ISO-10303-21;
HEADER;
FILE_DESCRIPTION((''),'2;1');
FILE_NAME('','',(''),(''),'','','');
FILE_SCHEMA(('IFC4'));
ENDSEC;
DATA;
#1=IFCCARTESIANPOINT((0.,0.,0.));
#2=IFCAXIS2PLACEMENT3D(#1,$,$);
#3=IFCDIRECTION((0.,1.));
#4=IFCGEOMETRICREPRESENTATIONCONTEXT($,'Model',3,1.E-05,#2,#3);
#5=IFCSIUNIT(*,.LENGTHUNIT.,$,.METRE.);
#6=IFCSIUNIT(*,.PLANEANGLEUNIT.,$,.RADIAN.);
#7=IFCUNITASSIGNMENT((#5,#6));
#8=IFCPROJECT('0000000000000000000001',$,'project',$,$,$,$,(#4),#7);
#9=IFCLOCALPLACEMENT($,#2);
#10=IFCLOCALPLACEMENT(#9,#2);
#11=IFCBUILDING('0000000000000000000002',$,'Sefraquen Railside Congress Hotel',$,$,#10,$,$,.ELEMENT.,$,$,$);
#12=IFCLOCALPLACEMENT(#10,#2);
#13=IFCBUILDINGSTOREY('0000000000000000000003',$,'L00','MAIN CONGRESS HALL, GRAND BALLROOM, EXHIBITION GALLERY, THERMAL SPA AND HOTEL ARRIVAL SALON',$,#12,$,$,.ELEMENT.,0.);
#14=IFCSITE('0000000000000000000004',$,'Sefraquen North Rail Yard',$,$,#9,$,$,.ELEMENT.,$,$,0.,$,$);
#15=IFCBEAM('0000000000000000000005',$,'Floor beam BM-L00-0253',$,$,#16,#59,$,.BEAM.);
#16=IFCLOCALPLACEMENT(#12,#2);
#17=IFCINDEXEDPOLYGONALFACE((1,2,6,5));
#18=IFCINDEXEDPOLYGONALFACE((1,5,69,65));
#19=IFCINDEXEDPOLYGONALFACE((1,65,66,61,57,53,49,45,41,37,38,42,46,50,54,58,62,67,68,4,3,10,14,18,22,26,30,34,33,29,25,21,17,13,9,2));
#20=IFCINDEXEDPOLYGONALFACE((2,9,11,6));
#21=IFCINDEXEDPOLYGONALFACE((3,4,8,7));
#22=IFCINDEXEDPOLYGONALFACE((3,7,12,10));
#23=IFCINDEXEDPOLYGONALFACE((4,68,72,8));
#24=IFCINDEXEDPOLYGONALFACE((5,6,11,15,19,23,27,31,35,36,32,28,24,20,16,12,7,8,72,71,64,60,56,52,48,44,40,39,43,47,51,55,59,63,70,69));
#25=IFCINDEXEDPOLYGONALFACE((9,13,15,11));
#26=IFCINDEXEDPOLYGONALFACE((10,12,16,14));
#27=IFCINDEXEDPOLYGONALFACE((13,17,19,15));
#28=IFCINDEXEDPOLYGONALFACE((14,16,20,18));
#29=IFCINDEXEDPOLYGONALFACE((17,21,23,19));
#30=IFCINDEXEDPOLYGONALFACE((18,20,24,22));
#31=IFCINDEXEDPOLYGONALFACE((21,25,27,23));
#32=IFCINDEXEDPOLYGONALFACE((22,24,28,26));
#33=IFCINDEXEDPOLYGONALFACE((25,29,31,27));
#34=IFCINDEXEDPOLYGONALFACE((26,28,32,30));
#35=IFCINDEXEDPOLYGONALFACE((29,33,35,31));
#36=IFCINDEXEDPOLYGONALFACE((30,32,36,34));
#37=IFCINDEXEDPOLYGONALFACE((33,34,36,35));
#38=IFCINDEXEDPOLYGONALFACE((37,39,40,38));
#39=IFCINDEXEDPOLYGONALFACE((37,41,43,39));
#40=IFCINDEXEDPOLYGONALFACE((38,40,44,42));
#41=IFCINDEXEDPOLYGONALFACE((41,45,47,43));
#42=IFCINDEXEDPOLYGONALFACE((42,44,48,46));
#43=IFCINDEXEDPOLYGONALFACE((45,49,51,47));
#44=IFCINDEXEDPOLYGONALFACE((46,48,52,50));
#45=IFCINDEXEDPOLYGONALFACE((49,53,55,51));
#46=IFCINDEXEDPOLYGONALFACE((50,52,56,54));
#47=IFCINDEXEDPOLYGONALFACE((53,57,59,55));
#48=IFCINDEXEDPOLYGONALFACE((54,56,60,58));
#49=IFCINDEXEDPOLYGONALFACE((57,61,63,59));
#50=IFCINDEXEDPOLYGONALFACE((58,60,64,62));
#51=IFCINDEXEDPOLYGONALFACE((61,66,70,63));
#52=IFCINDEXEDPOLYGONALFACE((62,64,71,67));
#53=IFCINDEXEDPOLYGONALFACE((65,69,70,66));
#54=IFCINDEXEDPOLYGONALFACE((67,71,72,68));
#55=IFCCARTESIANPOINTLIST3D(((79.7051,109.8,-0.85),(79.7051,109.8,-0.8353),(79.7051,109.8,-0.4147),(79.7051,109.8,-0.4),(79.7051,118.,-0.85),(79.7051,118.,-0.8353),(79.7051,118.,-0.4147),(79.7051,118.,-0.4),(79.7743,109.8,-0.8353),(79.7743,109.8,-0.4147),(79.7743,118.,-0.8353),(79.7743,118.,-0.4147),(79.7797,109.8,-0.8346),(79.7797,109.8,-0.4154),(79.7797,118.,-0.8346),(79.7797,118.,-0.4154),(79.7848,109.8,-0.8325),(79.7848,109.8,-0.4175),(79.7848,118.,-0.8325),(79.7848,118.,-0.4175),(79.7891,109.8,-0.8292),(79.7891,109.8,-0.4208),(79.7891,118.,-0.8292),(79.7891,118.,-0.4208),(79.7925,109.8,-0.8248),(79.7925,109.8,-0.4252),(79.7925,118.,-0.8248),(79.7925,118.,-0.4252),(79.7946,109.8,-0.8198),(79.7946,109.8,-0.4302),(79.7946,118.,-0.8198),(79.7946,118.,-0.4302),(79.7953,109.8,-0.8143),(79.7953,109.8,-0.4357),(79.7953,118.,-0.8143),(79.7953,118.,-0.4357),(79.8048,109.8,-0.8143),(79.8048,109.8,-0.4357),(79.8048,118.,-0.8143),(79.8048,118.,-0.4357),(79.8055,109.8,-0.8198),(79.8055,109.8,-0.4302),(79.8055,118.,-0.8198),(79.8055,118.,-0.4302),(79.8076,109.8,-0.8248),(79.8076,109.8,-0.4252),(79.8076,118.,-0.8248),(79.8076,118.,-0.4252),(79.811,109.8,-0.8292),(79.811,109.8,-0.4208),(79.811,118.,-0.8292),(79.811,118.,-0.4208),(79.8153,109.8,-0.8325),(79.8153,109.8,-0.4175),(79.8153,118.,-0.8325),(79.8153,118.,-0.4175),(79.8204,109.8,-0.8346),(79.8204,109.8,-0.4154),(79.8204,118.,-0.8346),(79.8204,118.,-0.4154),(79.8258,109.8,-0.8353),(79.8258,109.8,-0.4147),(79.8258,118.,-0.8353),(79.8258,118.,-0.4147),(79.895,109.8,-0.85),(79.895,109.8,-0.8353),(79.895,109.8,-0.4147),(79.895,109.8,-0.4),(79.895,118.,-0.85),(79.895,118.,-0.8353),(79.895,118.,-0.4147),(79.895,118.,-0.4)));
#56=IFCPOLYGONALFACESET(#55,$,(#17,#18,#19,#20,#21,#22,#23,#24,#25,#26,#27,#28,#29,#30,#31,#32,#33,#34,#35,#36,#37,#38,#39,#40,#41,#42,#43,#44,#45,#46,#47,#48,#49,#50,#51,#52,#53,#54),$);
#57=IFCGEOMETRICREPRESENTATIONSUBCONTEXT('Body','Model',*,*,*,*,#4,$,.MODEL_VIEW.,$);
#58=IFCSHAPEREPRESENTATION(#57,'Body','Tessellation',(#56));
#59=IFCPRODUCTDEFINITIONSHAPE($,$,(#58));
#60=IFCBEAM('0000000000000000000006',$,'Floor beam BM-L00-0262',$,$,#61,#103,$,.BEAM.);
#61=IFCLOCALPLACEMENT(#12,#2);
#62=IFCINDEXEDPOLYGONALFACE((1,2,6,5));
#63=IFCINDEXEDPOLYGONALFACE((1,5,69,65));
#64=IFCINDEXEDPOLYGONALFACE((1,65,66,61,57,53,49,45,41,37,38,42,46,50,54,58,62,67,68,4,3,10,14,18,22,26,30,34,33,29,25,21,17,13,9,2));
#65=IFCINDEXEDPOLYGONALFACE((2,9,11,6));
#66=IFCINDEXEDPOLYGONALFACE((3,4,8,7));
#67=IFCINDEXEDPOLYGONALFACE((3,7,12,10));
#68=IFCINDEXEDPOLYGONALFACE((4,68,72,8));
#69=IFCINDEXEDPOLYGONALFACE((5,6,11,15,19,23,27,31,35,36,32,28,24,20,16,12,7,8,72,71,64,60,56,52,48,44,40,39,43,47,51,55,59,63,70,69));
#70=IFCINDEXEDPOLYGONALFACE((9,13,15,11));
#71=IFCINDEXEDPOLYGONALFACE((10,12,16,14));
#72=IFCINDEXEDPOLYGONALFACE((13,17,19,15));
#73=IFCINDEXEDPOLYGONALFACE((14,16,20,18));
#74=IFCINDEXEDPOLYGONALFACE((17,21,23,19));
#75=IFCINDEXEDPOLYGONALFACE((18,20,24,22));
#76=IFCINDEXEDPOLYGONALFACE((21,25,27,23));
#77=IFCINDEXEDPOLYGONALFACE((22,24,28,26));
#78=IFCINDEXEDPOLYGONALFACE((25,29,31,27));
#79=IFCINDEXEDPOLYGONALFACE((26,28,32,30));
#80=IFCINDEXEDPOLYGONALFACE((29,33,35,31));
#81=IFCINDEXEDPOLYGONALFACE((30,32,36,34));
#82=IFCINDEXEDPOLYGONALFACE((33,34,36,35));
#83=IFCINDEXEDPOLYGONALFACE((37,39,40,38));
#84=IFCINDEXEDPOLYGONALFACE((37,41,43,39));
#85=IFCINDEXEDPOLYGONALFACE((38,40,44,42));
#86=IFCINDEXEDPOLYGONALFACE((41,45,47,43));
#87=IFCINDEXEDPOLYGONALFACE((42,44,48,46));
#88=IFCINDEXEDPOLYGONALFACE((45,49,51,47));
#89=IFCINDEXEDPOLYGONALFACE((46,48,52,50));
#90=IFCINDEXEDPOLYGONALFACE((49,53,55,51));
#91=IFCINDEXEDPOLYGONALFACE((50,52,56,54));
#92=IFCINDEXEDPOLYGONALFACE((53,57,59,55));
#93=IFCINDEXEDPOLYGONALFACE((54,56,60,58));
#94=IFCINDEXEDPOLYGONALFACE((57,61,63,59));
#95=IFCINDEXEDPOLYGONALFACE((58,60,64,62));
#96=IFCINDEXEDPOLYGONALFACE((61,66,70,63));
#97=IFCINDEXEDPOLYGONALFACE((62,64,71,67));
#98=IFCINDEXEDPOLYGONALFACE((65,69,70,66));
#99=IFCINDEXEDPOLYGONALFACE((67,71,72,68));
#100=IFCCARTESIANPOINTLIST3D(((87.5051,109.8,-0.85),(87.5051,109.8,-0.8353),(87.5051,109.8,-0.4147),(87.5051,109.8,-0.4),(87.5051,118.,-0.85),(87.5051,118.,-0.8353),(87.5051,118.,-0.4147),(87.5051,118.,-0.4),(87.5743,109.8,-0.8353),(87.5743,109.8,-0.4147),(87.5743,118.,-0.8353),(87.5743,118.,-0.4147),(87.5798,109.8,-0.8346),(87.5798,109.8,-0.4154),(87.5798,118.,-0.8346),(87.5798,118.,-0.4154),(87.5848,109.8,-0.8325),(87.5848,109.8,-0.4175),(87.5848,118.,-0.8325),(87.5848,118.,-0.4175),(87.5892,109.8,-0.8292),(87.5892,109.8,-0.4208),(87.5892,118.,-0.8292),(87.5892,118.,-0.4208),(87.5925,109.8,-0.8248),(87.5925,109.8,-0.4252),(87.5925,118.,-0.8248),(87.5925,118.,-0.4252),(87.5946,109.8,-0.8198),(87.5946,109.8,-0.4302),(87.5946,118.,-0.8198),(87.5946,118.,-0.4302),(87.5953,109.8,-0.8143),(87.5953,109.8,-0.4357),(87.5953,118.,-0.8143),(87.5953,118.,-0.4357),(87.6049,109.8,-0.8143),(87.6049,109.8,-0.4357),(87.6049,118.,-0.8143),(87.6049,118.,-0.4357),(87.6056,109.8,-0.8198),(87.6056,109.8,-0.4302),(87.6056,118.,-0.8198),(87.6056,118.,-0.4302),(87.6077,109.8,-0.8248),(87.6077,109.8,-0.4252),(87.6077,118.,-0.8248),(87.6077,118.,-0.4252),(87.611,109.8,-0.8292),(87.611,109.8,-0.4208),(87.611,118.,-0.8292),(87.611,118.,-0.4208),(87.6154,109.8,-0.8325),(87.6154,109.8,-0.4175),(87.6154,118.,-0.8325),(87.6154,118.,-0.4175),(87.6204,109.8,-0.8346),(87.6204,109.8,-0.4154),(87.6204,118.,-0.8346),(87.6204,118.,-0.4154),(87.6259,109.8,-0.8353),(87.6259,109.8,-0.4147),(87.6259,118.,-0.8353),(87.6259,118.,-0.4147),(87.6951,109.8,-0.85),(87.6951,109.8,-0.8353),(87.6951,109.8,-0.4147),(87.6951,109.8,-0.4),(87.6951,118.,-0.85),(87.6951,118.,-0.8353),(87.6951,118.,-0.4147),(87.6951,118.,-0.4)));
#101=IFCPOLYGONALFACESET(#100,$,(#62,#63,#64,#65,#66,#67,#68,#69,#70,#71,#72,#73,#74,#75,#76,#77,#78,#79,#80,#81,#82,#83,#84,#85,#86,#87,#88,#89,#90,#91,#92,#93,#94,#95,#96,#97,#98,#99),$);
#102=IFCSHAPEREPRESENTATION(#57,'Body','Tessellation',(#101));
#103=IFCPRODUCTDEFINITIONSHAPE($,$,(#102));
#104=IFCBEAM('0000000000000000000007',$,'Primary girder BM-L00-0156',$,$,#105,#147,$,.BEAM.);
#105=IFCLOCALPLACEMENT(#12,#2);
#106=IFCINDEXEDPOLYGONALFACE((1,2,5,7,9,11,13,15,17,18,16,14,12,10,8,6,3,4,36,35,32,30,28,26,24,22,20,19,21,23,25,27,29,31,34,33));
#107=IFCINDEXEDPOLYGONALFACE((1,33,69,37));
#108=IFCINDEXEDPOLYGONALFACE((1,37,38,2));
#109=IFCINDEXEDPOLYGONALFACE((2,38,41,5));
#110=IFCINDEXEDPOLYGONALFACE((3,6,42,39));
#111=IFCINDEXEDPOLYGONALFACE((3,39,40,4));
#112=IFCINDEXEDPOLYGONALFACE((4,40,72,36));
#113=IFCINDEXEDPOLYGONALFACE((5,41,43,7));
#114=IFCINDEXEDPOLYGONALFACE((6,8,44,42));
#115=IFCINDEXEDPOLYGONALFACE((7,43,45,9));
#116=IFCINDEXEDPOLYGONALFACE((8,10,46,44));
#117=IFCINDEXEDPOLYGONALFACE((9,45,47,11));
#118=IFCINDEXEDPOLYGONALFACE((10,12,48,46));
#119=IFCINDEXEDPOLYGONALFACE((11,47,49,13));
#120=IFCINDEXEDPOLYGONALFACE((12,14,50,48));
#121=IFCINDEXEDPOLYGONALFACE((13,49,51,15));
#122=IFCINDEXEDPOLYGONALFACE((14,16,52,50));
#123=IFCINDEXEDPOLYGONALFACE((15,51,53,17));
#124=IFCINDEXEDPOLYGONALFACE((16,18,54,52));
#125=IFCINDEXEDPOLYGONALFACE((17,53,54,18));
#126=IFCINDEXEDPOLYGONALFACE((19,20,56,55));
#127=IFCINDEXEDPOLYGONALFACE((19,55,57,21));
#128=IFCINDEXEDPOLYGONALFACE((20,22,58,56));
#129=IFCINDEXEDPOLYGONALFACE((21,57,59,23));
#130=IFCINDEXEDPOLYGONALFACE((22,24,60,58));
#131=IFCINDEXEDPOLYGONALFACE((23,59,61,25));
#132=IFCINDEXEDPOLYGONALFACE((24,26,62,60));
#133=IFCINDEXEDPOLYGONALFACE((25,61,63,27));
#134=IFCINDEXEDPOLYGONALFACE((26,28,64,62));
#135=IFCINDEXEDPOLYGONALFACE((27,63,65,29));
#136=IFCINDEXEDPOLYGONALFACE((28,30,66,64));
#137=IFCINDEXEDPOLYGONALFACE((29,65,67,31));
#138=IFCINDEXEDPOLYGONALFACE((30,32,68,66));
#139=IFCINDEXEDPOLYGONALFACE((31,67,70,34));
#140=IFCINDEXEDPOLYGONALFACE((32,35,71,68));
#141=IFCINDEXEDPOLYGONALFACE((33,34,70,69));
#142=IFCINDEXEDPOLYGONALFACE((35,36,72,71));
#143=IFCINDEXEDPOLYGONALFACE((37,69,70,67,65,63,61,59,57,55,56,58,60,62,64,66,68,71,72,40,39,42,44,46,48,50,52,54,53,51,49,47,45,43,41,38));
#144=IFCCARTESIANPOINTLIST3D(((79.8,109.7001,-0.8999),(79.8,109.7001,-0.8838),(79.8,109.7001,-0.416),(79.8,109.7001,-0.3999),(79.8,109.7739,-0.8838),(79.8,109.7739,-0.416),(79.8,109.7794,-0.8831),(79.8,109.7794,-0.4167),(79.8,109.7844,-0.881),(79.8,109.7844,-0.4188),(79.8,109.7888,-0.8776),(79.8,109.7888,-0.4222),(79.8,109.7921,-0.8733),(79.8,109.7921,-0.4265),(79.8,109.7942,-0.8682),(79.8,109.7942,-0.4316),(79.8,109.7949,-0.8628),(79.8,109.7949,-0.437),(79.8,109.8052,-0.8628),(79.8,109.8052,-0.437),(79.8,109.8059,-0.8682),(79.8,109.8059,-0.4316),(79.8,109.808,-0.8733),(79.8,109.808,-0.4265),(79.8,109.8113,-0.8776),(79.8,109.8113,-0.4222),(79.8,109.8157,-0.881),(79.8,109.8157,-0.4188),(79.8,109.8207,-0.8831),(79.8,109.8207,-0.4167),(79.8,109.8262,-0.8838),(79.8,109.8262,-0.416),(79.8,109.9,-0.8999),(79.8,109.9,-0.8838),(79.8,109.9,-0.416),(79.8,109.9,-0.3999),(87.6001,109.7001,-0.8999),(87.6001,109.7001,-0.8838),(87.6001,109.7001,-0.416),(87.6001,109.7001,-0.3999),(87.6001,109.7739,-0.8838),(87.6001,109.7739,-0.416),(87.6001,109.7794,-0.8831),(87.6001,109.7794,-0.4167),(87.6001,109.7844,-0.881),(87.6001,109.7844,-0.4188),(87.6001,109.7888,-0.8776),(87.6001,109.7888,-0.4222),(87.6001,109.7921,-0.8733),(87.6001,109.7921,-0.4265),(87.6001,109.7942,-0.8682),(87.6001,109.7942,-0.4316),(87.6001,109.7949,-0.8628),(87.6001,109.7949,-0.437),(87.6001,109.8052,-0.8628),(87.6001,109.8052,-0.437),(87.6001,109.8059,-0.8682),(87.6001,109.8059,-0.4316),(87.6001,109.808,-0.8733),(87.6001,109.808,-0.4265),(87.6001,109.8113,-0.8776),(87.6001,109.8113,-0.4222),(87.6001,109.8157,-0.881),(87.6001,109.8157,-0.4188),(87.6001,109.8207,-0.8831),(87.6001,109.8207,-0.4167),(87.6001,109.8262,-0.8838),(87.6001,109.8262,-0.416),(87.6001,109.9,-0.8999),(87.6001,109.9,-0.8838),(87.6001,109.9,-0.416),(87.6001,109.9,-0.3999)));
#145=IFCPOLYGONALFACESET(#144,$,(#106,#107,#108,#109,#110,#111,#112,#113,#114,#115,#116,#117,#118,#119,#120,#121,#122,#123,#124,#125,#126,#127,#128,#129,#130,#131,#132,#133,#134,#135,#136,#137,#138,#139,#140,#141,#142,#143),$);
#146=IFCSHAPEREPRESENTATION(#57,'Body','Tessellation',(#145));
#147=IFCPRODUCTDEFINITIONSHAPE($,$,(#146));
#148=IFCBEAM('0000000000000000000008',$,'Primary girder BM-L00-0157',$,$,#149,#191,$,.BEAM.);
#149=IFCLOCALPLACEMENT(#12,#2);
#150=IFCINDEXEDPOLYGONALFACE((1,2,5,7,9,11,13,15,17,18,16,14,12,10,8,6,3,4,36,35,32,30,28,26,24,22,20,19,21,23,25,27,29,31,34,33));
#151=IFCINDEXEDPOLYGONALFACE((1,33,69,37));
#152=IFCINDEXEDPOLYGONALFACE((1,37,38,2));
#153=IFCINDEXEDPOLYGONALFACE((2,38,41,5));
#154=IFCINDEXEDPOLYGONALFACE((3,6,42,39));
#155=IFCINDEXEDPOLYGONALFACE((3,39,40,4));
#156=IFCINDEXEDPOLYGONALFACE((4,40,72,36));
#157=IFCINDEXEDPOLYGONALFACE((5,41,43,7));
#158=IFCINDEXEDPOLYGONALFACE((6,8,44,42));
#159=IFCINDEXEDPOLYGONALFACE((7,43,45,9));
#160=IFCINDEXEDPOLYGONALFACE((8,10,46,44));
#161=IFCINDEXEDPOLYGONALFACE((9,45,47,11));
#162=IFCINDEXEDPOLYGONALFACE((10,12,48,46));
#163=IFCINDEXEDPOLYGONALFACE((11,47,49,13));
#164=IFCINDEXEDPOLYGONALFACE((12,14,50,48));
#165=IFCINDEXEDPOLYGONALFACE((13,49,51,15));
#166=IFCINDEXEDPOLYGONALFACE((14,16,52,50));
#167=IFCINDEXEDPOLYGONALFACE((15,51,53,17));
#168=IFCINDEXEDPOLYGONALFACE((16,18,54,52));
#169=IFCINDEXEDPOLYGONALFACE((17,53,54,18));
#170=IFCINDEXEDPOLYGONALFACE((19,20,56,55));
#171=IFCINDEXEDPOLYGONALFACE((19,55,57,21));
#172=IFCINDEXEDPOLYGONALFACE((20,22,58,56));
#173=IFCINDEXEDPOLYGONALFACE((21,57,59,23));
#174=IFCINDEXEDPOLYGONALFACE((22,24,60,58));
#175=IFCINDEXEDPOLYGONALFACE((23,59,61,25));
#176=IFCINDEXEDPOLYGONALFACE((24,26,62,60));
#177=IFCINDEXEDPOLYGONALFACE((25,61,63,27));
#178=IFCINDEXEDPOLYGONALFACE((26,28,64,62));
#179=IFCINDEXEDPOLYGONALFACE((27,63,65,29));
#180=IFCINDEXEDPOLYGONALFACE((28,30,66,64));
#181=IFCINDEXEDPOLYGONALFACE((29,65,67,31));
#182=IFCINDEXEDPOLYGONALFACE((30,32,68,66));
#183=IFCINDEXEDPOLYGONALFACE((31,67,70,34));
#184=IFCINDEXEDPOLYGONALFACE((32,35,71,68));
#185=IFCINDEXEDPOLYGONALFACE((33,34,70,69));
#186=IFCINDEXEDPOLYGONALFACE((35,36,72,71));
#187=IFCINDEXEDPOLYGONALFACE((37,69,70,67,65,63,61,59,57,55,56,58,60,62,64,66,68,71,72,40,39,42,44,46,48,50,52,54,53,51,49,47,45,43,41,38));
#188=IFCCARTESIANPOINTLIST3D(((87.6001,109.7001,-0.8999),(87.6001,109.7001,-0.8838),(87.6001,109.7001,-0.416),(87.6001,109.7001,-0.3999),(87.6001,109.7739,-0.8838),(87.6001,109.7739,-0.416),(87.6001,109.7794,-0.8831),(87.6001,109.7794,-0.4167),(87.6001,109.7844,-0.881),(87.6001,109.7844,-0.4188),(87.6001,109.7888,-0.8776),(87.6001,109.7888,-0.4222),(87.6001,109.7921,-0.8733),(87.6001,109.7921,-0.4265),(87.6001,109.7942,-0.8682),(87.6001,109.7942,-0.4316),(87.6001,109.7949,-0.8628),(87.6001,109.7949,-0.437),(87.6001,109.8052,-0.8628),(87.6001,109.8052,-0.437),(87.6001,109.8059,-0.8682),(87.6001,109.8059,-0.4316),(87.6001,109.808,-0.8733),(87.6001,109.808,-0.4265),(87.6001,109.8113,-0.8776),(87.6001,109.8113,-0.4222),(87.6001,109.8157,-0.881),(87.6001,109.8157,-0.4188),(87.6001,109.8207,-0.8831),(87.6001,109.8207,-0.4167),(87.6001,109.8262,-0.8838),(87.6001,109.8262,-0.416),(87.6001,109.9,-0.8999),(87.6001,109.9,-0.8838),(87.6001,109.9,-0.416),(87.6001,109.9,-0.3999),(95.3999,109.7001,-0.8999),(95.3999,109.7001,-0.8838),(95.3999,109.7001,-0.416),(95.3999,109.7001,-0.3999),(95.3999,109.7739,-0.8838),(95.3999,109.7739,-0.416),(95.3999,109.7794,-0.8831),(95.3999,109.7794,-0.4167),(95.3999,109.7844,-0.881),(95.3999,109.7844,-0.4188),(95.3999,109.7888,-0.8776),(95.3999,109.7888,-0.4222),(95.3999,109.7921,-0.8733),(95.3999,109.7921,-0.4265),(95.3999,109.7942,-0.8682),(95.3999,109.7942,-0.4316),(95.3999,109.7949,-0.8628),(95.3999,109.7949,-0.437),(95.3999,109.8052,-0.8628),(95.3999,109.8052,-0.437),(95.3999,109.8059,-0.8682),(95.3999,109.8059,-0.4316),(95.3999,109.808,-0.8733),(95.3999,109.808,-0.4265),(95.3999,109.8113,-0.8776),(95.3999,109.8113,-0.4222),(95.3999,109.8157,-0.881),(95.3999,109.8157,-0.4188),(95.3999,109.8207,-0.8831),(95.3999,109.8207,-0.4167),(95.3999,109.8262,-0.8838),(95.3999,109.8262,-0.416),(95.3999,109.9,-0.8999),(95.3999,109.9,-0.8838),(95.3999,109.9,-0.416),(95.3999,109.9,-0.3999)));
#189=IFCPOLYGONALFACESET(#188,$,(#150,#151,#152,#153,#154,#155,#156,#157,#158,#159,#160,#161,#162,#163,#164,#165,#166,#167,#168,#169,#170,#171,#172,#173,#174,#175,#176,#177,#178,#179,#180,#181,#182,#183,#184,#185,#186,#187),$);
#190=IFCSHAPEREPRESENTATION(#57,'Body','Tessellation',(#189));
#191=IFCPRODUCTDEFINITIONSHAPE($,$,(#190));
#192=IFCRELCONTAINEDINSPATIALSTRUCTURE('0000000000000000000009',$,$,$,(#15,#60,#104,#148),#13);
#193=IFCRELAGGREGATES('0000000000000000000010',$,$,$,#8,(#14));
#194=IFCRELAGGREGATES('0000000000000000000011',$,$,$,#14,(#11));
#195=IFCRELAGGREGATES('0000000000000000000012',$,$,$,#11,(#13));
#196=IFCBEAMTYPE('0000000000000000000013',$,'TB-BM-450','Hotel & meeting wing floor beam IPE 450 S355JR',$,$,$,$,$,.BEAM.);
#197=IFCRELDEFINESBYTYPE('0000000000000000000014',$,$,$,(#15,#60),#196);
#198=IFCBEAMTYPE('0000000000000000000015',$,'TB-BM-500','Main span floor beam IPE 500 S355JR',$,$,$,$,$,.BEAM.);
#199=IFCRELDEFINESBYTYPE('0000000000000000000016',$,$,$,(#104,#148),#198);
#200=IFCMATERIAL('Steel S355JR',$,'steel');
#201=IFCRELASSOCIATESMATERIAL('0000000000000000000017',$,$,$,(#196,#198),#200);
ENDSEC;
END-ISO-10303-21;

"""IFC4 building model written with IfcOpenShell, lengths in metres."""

from ifc_helpers import new_model, si_unit, direction, frame, origin, origin_2d, place, context, subcontext, project, spatial, i_section, extrude, material, material_profile, profile_set, type_object, element, save


model = new_model("IFC4")

# Units and contexts
model_context = context("Model", 3, precision=1e-05, world=origin(), true_north=direction((0.0, 1.0)))
body_context = subcontext(model_context, "Body", "Model", "MODEL_VIEW")
ifc_project = project(units=[si_unit("LENGTHUNIT", "METRE"), si_unit("PLANEANGLEUNIT", "RADIAN")], contexts=[model_context])

# Site, building, storey
site_placement = place(None, origin())
site = spatial("IfcSite", under=ifc_project, at=site_placement, Name="Sefraquen North Rail Yard", CompositionType="ELEMENT", RefElevation=0.0)
building_placement = place(site_placement, origin())
building = spatial("IfcBuilding", under=site, at=building_placement, Name="Sefraquen Railside Congress Hotel", CompositionType="ELEMENT")
storey_placement = place(building_placement, origin())
storey = spatial("IfcBuildingStorey", under=building, at=storey_placement, Name="L00", Description="MAIN CONGRESS HALL, GRAND BALLROOM, EXHIBITION GALLERY, THERMAL SPA AND HOTEL ARRIVAL SALON", CompositionType="ELEMENT", Elevation=0.0)

# Shared definitions
ifc_material_1 = material(Name="Steel S355JR", Category="steel")

# Beams
ifc_material_profile_1 = material_profile(ifc_material_1, i_section(OverallWidth=0.1899, OverallDepth=0.45, WebThickness=0.0095, FlangeThickness=0.0146, FilletRadius=0.021, at=origin_2d()), Name="IPE 450")
ifc_profile_set_1 = profile_set([ifc_material_profile_1], Name="Steel S355JR")
beam_type_1 = type_object("IfcBeamType", Name="TB-BM-450", Description="Hotel & meeting wing floor beam IPE 450 S355JR", PredefinedType="BEAM", material=ifc_profile_set_1)
for number, where, z_axis, x_axis, name in (
    (1, (79.8, 109.8, -0.625), (0.0, 1.0, 0.0), (-1.0, 0.0, 0.0), "Floor beam BM-L00-0253"),
    (2, (87.6001, 109.8, -0.625), (0.0, 1.0, 0.0), (-1.0, 0.0, 0.0), "Floor beam BM-L00-0262"),
):
    element("IfcBeam", number, at=place(storey_placement, frame(where, z_axis=z_axis, x_axis=x_axis)), inside=storey, type_object=beam_type_1, Name=name, PredefinedType="BEAM", context=body_context, shape_type="SweptSolid", body=[
        extrude(i_section(OverallWidth=0.1899, OverallDepth=0.45, WebThickness=0.0095, FlangeThickness=0.0146, FilletRadius=0.021, at=origin_2d()), origin(), (0.0, 0.0, 1.0), 8.2),
    ])
ifc_material_profile_2 = material_profile(ifc_material_1, i_section(OverallWidth=0.2, OverallDepth=0.5, WebThickness=0.0103, FlangeThickness=0.0161, FilletRadius=0.021, at=origin_2d()), Name="IPE 500")
ifc_profile_set_2 = profile_set([ifc_material_profile_2], Name="Steel S355JR")
beam_type_2 = type_object("IfcBeamType", Name="TB-BM-500", Description="Main span floor beam IPE 500 S355JR", PredefinedType="BEAM", material=ifc_profile_set_2)
beam_1_placement = place(storey_placement, frame((79.8, 109.8, -0.6499), z_axis=(1.0, 0.0, 0.0), x_axis=(0.0, 1.0, 0.0)))
element("IfcBeam", 3, at=beam_1_placement, inside=storey, type_object=beam_type_2, Name="Primary girder BM-L00-0156", PredefinedType="BEAM", context=body_context, shape_type="SweptSolid", body=[
    extrude(i_section(OverallWidth=0.2, OverallDepth=0.5, WebThickness=0.0103, FlangeThickness=0.0161, FilletRadius=0.021, at=origin_2d()), origin(), (0.0, 0.0, 1.0), 7.8),
])
beam_2_placement = place(storey_placement, frame((87.6001, 109.8, -0.6499), z_axis=(1.0, 0.0, 0.0), x_axis=(0.0, 1.0, 0.0)))
element("IfcBeam", 4, at=beam_2_placement, inside=storey, type_object=beam_type_2, Name="Primary girder BM-L00-0157", PredefinedType="BEAM", context=body_context, shape_type="SweptSolid", body=[
    extrude(i_section(OverallWidth=0.2, OverallDepth=0.5, WebThickness=0.0103, FlangeThickness=0.0161, FilletRadius=0.021, at=origin_2d()), origin(), (0.0, 0.0, 1.0), 7.7998),
])

save(model, "model.ifc")
